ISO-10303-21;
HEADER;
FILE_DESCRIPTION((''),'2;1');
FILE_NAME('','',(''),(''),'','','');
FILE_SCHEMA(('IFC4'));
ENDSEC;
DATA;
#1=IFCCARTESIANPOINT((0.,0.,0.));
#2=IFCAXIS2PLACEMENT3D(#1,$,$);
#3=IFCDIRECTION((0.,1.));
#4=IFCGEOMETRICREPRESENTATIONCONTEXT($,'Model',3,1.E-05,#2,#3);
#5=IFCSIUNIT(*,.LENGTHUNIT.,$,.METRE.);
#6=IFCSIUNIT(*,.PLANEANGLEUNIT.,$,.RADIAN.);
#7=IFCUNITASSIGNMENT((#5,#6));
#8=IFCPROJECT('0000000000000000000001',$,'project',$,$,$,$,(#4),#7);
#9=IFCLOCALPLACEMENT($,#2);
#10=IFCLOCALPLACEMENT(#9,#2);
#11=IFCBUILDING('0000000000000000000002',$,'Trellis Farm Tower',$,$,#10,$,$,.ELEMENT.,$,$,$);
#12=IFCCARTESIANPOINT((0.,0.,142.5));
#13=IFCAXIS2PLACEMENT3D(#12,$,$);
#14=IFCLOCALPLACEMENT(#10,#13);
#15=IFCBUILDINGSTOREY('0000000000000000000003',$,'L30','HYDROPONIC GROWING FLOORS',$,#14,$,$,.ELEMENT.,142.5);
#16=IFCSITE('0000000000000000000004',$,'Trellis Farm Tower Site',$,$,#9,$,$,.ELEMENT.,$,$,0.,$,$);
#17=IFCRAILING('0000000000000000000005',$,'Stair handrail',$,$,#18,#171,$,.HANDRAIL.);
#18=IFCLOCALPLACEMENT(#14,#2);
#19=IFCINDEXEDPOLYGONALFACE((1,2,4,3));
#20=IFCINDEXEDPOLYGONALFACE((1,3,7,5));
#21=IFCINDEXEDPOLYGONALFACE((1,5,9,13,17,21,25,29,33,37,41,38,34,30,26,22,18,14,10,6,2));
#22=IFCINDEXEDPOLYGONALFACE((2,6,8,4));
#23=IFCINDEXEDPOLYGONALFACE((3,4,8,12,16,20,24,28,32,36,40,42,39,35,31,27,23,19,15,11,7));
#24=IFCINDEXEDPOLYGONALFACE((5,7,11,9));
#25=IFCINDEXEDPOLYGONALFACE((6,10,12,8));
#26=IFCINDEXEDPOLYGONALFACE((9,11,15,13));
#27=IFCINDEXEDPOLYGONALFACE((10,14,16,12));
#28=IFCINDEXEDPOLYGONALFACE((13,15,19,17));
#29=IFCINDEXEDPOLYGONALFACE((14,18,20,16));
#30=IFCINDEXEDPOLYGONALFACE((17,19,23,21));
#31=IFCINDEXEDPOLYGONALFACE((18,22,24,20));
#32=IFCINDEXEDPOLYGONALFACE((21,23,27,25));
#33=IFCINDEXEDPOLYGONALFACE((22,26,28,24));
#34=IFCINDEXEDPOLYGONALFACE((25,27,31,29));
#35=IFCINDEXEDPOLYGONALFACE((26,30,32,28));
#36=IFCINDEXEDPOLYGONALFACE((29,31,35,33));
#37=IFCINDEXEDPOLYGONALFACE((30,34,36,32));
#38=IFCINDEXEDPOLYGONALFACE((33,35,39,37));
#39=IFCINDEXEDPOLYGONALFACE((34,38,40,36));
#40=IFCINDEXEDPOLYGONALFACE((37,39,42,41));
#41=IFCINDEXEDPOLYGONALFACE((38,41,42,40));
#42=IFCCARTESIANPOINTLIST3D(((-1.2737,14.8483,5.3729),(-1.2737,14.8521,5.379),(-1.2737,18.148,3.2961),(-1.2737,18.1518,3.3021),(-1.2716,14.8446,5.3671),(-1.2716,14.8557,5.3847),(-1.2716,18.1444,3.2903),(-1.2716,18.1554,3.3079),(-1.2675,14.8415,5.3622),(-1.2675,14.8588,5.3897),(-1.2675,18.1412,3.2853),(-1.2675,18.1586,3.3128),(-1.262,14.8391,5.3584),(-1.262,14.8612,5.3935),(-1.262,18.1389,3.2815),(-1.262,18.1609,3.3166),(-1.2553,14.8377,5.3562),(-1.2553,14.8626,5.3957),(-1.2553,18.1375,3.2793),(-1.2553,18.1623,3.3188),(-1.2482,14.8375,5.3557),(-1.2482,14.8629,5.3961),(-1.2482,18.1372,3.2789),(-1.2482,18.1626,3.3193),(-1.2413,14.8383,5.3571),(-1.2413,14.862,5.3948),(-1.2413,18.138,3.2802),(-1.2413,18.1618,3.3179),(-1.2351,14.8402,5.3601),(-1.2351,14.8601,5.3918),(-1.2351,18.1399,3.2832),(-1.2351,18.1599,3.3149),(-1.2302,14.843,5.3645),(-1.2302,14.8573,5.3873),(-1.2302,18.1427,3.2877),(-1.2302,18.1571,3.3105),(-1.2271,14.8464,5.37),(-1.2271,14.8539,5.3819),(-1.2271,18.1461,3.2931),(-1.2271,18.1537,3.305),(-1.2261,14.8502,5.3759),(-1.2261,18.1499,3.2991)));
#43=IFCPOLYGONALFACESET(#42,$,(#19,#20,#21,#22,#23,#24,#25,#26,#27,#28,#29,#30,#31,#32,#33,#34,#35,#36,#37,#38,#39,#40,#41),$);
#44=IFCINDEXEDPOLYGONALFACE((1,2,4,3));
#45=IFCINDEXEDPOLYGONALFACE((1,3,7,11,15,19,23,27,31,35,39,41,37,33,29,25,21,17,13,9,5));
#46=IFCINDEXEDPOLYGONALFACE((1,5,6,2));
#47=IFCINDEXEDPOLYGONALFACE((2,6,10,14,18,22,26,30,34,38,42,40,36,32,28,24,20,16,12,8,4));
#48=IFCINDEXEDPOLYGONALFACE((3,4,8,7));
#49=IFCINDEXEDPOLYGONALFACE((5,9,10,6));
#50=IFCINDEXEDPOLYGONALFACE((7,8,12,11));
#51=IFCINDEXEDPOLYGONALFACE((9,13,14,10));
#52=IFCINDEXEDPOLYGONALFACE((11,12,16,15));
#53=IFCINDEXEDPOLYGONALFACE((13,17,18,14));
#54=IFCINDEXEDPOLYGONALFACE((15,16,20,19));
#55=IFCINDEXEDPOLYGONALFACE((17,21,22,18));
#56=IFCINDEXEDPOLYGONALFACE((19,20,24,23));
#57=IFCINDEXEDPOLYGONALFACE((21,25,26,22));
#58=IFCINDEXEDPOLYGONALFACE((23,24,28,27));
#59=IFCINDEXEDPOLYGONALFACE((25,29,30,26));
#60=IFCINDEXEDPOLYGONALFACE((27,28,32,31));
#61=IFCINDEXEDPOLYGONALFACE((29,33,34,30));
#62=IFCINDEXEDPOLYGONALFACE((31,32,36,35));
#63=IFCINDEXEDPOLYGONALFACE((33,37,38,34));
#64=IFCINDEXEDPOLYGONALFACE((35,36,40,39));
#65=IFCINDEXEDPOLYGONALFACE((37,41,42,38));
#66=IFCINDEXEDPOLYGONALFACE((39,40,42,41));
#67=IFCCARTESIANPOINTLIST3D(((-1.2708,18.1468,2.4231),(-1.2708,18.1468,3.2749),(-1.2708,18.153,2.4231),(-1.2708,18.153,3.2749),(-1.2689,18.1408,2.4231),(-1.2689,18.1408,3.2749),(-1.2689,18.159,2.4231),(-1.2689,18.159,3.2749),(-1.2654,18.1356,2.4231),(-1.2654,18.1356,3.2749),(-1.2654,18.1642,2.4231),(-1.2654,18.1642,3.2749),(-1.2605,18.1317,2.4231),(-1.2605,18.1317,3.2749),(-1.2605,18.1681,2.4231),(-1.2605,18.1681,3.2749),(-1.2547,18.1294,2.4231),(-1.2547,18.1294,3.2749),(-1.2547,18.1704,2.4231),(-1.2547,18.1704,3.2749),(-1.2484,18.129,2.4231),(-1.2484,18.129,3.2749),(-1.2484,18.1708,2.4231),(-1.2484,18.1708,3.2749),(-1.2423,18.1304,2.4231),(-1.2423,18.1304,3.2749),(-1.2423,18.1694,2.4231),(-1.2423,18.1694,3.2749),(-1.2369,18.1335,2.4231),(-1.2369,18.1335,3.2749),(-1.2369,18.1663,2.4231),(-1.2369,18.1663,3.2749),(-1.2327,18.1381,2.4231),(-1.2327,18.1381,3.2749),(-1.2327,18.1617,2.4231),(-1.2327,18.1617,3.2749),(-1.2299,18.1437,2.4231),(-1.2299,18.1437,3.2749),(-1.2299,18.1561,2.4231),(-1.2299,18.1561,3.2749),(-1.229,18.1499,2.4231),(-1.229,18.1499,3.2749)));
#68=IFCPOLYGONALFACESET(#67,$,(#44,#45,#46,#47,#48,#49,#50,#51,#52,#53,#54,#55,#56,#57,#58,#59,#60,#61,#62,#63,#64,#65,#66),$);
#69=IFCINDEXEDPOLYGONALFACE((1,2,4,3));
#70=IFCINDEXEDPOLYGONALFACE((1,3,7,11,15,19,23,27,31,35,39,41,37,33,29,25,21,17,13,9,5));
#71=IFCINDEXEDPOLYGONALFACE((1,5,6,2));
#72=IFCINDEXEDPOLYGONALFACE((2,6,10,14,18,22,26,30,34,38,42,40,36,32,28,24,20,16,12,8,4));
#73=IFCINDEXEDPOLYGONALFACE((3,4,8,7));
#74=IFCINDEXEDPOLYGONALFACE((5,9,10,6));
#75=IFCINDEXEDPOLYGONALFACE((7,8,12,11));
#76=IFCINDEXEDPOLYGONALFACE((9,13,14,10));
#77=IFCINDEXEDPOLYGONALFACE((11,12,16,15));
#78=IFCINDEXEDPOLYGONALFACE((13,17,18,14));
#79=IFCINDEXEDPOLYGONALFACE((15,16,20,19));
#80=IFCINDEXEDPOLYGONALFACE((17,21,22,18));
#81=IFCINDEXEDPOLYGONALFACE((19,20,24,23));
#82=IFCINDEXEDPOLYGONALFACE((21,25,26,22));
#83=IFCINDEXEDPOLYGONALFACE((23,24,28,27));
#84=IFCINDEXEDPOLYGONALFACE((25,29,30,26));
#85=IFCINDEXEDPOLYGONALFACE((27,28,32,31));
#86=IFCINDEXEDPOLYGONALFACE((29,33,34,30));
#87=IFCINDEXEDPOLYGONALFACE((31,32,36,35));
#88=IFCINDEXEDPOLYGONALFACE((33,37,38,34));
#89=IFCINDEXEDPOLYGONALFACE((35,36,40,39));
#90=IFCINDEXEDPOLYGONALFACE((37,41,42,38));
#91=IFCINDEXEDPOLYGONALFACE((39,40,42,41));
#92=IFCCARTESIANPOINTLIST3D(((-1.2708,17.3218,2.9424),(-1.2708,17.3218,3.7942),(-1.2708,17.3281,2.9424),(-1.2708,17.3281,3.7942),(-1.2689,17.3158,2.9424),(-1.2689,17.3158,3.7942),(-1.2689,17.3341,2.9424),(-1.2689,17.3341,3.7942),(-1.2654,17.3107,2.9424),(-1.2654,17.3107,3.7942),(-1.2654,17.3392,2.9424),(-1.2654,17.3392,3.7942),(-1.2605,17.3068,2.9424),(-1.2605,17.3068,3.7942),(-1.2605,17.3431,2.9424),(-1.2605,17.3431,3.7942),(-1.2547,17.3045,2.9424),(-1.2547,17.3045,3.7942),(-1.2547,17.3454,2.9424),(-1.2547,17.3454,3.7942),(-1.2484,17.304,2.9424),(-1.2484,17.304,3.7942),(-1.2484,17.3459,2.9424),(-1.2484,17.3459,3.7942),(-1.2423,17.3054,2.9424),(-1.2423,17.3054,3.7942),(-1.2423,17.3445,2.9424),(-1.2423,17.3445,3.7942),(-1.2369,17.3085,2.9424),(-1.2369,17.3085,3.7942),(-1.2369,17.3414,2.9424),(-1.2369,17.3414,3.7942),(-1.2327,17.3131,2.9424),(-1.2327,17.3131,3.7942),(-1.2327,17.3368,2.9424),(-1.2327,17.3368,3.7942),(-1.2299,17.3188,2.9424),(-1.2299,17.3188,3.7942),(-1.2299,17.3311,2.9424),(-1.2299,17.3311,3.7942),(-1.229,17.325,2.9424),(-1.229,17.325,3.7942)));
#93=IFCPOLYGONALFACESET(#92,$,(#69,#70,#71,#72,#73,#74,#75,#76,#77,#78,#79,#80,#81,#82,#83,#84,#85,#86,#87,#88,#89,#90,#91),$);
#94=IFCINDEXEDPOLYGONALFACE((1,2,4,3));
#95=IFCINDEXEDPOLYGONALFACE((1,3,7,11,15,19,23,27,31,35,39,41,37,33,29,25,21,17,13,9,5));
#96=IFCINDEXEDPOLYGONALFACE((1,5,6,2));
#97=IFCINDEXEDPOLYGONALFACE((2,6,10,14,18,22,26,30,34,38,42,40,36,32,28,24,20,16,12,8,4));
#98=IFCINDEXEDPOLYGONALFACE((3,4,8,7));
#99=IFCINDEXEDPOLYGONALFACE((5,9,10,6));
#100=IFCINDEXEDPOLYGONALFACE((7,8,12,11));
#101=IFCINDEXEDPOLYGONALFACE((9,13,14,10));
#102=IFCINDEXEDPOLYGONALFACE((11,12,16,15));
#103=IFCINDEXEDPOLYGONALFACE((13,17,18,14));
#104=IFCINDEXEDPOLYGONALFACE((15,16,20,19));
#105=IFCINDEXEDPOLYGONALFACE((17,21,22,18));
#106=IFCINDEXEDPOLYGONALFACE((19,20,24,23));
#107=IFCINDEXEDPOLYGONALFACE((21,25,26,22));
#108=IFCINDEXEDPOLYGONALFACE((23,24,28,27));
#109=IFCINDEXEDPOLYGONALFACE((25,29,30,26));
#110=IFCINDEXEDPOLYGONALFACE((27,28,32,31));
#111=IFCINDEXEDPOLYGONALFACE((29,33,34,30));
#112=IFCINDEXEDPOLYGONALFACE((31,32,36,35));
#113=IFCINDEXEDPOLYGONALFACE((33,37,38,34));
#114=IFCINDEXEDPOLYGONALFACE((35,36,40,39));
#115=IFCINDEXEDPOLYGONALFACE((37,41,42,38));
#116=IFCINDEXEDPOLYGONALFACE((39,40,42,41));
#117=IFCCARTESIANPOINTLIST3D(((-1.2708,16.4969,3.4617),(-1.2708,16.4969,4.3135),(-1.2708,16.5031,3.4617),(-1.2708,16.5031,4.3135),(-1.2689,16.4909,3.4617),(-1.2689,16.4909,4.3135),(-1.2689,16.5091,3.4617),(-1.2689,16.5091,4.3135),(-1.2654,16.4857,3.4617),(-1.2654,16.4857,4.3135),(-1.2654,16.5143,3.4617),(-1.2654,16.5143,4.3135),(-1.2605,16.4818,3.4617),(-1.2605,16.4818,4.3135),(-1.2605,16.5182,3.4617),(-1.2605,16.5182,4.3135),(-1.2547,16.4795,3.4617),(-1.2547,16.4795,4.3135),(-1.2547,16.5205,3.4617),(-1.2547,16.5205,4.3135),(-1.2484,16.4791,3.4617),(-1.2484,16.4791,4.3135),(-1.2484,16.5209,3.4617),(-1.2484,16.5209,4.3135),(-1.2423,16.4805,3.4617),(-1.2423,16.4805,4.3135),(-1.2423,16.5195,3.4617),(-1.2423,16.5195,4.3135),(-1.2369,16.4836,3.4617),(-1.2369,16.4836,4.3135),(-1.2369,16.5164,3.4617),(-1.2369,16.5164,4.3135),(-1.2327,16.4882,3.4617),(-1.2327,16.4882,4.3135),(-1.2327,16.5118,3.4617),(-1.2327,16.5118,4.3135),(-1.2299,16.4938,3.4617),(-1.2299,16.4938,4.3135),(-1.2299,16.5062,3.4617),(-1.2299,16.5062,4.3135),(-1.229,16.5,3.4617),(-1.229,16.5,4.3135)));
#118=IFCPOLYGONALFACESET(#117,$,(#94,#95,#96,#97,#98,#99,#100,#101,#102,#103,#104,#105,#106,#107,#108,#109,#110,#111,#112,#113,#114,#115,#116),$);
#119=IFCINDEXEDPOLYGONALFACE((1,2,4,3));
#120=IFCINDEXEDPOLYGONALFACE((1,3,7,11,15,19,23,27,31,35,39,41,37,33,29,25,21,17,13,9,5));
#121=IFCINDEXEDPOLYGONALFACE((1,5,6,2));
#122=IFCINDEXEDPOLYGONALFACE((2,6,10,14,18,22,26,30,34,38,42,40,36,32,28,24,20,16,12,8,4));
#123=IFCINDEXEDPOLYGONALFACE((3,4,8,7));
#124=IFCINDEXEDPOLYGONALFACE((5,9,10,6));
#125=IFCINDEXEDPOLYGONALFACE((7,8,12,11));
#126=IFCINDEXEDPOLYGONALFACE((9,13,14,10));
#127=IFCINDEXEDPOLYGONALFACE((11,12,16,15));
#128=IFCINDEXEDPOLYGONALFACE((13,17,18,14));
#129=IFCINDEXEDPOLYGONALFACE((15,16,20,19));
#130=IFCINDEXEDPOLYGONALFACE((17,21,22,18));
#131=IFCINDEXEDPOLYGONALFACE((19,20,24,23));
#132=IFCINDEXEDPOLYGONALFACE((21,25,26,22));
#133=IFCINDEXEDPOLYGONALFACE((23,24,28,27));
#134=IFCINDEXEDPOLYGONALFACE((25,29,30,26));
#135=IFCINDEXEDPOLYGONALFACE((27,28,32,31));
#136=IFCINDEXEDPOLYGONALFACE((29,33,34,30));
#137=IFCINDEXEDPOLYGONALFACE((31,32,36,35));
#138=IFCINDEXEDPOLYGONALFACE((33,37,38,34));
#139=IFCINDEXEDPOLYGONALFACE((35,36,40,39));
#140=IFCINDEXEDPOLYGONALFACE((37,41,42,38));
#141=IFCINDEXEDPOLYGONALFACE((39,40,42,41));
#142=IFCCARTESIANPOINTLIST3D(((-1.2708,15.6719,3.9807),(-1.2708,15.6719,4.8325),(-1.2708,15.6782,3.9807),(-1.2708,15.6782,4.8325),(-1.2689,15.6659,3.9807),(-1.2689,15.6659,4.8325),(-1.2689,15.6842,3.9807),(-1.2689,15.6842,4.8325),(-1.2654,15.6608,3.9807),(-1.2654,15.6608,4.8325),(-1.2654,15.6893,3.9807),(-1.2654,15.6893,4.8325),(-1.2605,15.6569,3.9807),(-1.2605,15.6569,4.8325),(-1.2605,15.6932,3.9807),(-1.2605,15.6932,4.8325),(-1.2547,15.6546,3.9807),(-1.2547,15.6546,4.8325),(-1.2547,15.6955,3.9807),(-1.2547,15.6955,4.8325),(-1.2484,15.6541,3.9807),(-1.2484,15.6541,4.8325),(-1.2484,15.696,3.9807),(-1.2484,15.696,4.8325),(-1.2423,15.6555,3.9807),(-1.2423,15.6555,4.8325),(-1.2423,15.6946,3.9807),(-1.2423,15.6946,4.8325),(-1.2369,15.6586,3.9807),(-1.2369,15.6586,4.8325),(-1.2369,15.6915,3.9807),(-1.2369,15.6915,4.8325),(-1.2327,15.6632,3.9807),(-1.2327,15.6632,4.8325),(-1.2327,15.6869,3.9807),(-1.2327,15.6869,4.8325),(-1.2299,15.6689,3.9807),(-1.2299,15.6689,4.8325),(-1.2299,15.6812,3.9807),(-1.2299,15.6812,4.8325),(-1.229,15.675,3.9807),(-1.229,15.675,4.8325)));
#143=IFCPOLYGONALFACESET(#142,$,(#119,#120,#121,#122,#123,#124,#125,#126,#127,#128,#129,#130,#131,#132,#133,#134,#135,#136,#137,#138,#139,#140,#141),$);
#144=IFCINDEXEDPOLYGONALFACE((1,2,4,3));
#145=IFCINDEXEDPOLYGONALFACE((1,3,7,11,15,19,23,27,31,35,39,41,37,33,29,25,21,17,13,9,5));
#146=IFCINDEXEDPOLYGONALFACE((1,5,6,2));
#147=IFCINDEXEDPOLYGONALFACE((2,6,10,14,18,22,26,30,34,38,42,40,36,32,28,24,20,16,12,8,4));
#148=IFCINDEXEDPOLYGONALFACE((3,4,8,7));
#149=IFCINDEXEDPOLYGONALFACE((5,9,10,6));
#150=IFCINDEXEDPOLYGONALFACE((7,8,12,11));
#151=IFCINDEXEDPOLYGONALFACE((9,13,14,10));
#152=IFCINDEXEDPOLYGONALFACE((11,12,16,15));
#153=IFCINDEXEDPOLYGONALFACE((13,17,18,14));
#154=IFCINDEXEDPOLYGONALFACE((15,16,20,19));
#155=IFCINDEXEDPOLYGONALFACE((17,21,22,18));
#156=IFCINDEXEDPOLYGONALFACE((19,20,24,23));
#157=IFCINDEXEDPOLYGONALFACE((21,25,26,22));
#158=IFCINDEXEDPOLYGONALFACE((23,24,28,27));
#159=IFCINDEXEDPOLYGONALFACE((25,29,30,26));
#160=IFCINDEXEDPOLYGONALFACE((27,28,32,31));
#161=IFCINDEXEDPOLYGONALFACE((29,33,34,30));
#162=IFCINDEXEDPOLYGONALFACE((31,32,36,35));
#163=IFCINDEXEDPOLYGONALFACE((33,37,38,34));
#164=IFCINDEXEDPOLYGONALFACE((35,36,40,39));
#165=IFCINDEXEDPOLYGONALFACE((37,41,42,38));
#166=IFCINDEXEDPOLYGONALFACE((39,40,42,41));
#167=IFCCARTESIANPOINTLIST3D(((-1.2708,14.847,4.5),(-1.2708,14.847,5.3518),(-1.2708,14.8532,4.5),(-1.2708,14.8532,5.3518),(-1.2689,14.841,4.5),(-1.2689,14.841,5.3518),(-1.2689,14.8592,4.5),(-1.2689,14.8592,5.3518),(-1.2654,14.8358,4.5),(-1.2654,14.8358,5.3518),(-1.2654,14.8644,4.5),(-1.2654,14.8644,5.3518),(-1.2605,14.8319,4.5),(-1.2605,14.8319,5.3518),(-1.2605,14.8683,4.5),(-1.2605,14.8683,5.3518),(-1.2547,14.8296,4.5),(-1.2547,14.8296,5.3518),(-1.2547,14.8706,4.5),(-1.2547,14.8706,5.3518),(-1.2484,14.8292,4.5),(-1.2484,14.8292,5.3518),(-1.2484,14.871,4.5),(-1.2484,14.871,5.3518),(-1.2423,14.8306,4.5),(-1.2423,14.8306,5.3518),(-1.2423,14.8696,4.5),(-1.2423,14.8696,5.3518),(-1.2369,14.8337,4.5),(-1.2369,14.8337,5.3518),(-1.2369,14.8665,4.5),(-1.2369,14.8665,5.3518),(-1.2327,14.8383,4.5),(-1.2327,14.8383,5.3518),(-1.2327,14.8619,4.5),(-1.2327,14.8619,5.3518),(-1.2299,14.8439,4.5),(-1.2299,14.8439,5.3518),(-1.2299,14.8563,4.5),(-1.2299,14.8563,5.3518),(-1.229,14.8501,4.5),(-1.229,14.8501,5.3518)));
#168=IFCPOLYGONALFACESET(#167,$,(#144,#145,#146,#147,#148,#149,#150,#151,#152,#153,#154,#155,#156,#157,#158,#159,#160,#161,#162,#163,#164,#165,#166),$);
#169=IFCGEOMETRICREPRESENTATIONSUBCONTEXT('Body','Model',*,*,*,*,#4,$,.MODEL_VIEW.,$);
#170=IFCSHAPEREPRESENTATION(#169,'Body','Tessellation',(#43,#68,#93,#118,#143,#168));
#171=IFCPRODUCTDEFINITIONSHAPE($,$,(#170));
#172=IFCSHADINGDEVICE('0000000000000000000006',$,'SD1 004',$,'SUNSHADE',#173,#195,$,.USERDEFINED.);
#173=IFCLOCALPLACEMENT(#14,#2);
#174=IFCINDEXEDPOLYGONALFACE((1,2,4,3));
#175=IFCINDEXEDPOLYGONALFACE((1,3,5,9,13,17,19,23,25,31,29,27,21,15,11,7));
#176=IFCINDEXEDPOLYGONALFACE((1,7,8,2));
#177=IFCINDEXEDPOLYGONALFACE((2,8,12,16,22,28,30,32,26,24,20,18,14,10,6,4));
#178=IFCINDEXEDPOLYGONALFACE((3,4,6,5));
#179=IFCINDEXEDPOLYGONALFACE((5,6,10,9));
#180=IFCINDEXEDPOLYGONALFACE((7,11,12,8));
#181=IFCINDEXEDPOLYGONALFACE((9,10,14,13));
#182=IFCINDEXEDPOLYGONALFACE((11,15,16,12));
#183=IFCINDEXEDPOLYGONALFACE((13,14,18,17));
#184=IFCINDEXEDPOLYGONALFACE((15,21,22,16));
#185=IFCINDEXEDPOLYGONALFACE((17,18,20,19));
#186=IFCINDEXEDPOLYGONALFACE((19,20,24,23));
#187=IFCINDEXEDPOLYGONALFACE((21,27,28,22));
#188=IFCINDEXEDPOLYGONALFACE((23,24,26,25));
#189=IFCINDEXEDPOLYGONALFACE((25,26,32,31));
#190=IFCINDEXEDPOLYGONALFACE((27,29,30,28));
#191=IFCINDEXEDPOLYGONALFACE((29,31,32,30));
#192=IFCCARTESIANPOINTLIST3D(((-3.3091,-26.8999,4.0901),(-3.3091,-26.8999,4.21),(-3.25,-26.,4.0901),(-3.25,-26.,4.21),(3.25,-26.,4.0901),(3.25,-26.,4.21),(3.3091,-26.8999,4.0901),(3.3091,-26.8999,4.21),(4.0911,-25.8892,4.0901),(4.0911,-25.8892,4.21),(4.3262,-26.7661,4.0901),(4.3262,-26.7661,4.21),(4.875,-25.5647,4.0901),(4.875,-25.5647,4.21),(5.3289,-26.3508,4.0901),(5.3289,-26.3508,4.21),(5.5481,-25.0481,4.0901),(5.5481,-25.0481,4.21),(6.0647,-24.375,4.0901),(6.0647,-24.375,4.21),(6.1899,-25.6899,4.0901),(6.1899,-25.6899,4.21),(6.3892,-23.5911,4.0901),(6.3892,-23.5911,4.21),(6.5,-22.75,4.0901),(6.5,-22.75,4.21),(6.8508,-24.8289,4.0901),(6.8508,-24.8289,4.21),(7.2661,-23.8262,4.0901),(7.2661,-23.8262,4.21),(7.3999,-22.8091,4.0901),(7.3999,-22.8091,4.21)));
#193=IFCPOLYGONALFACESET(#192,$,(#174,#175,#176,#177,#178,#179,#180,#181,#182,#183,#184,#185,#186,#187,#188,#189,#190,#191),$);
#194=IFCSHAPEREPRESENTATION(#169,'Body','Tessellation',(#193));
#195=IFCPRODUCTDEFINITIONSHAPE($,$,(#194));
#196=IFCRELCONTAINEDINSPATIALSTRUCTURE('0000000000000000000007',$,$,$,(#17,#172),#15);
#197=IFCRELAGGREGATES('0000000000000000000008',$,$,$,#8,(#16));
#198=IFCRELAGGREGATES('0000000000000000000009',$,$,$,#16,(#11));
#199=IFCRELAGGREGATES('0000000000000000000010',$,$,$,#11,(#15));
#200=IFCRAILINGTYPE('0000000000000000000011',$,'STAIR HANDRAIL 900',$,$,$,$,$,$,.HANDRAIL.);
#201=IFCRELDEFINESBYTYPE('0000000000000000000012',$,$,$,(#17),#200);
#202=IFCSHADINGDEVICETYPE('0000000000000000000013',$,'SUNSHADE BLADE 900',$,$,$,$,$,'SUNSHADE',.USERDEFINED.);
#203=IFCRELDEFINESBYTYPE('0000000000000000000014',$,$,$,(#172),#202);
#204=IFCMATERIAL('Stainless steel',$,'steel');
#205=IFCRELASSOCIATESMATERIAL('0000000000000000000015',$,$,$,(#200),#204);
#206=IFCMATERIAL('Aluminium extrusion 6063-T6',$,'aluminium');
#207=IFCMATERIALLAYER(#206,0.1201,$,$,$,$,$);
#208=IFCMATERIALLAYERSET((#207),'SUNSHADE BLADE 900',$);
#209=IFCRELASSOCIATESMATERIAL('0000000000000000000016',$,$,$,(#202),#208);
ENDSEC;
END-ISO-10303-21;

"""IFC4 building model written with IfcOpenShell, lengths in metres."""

from ifc_helpers import new_model, si_unit, direction, frame, origin, origin_2d, place, context, subcontext, project, spatial, polyline, circle, outline, extrude, source, transform, mapped, material, layer, layer_set, type_object, element, save


model = new_model("IFC4")

# Units and contexts
model_context = context("Model", 3, precision=1e-05, world=origin(), true_north=direction((0.0, 1.0)))
body_context = subcontext(model_context, "Body", "Model", "MODEL_VIEW")
ifc_project = project(units=[si_unit("LENGTHUNIT", "METRE"), si_unit("PLANEANGLEUNIT", "RADIAN")], contexts=[model_context])

# Site, building, storey
site_placement = place(None, origin())
site = spatial("IfcSite", under=ifc_project, at=site_placement, Name="Trellis Farm Tower Site", CompositionType="ELEMENT", RefElevation=0.0)
building_placement = place(site_placement, origin())
building = spatial("IfcBuilding", under=site, at=building_placement, Name="Trellis Farm Tower", CompositionType="ELEMENT")
storey_placement = place(building_placement, frame((0.0, 0.0, 142.5)))
storey = spatial("IfcBuildingStorey", under=building, at=storey_placement, Name="L30", Description="HYDROPONIC GROWING FLOORS", CompositionType="ELEMENT", Elevation=142.5)

# Railing
ifc_material_1 = material(Name="Stainless steel", Category="steel")
railing_type = type_object("IfcRailingType", Name="STAIR HANDRAIL 900", PredefinedType="HANDRAIL", material=ifc_material_1)
shared_shape_1 = source(origin(), body_context, "Body", "SweptSolid", [
    extrude(circle(Radius=0.0239, at=origin_2d()), frame((0.0, 0.0, 0.876), z_axis=(0.0, -0.84632, 0.532675), x_axis=(1.0, 0.0, 0.0)), (0.0, 0.0, 1.0), 3.8989),
    extrude(circle(Radius=0.021, at=origin_2d()), origin(), (0.0, 0.0, 1.0), 0.8518),
    extrude(circle(Radius=0.021, at=origin_2d()), frame((0.0, -0.825, 0.5193)), (0.0, 0.0, 1.0), 0.8518),
    extrude(circle(Radius=0.021, at=origin_2d()), frame((0.0, -1.6499, 1.0386)), (0.0, 0.0, 1.0), 0.8518),
    extrude(circle(Radius=0.021, at=origin_2d()), frame((0.0, -2.4749, 1.5576)), (0.0, 0.0, 1.0), 0.8518),
    extrude(circle(Radius=0.021, at=origin_2d()), frame((0.0, -3.2998, 2.0769)), (0.0, 0.0, 1.0), 0.8518),
])
railing_placement = place(storey_placement, frame((-1.25, 18.1499, 2.4231)))
element("IfcRailing", 1, at=railing_placement, inside=storey, type_object=railing_type, Name="Stair handrail", PredefinedType="HANDRAIL", context=body_context, shape_type="MappedRepresentation", body=[
    mapped(shared_shape_1, transform((0.0, 0.0, 0.0))),
])

# Shading device
ifc_material_2 = material(Name="Aluminium extrusion 6063-T6", Category="aluminium")
ifc_layer_1 = layer(ifc_material_2, 0.1201)
ifc_layer_set_1 = layer_set([ifc_layer_1], Name="SUNSHADE BLADE 900")
shading_device_type = type_object("IfcShadingDeviceType", Name="SUNSHADE BLADE 900", ElementType="SUNSHADE", PredefinedType="USERDEFINED", material=ifc_layer_set_1)
shared_shape_2 = source(origin(), body_context, "Body", "SweptSolid", [
    extrude(outline(polyline([(-3.3091, -26.8999), (3.3091, -26.8999), (4.3262, -26.7661), (5.3289, -26.3508), (6.1899, -25.6899), (6.8508, -24.8289), (7.2661, -23.8262), (7.3999, -22.8091), (6.5, -22.75), (6.3892, -23.5911), (6.0647, -24.375), (5.5481, -25.0481), (4.875, -25.5647), (4.0911, -25.8892), (3.25, -26.0), (-3.25, -26.0), (-3.3091, -26.8999)])), origin(), (0.0, 0.0, 1.0), 0.1199),
])
shading_device_placement = place(storey_placement, frame((0.0, 0.0, 4.0901)))
element("IfcShadingDevice", 2, at=shading_device_placement, inside=storey, type_object=shading_device_type, Name="SD1 004", ObjectType="SUNSHADE", PredefinedType="USERDEFINED", context=body_context, shape_type="MappedRepresentation", body=[
    mapped(shared_shape_2, transform((0.0, 0.0, 0.0))),
])

save(model, "model.ifc")
